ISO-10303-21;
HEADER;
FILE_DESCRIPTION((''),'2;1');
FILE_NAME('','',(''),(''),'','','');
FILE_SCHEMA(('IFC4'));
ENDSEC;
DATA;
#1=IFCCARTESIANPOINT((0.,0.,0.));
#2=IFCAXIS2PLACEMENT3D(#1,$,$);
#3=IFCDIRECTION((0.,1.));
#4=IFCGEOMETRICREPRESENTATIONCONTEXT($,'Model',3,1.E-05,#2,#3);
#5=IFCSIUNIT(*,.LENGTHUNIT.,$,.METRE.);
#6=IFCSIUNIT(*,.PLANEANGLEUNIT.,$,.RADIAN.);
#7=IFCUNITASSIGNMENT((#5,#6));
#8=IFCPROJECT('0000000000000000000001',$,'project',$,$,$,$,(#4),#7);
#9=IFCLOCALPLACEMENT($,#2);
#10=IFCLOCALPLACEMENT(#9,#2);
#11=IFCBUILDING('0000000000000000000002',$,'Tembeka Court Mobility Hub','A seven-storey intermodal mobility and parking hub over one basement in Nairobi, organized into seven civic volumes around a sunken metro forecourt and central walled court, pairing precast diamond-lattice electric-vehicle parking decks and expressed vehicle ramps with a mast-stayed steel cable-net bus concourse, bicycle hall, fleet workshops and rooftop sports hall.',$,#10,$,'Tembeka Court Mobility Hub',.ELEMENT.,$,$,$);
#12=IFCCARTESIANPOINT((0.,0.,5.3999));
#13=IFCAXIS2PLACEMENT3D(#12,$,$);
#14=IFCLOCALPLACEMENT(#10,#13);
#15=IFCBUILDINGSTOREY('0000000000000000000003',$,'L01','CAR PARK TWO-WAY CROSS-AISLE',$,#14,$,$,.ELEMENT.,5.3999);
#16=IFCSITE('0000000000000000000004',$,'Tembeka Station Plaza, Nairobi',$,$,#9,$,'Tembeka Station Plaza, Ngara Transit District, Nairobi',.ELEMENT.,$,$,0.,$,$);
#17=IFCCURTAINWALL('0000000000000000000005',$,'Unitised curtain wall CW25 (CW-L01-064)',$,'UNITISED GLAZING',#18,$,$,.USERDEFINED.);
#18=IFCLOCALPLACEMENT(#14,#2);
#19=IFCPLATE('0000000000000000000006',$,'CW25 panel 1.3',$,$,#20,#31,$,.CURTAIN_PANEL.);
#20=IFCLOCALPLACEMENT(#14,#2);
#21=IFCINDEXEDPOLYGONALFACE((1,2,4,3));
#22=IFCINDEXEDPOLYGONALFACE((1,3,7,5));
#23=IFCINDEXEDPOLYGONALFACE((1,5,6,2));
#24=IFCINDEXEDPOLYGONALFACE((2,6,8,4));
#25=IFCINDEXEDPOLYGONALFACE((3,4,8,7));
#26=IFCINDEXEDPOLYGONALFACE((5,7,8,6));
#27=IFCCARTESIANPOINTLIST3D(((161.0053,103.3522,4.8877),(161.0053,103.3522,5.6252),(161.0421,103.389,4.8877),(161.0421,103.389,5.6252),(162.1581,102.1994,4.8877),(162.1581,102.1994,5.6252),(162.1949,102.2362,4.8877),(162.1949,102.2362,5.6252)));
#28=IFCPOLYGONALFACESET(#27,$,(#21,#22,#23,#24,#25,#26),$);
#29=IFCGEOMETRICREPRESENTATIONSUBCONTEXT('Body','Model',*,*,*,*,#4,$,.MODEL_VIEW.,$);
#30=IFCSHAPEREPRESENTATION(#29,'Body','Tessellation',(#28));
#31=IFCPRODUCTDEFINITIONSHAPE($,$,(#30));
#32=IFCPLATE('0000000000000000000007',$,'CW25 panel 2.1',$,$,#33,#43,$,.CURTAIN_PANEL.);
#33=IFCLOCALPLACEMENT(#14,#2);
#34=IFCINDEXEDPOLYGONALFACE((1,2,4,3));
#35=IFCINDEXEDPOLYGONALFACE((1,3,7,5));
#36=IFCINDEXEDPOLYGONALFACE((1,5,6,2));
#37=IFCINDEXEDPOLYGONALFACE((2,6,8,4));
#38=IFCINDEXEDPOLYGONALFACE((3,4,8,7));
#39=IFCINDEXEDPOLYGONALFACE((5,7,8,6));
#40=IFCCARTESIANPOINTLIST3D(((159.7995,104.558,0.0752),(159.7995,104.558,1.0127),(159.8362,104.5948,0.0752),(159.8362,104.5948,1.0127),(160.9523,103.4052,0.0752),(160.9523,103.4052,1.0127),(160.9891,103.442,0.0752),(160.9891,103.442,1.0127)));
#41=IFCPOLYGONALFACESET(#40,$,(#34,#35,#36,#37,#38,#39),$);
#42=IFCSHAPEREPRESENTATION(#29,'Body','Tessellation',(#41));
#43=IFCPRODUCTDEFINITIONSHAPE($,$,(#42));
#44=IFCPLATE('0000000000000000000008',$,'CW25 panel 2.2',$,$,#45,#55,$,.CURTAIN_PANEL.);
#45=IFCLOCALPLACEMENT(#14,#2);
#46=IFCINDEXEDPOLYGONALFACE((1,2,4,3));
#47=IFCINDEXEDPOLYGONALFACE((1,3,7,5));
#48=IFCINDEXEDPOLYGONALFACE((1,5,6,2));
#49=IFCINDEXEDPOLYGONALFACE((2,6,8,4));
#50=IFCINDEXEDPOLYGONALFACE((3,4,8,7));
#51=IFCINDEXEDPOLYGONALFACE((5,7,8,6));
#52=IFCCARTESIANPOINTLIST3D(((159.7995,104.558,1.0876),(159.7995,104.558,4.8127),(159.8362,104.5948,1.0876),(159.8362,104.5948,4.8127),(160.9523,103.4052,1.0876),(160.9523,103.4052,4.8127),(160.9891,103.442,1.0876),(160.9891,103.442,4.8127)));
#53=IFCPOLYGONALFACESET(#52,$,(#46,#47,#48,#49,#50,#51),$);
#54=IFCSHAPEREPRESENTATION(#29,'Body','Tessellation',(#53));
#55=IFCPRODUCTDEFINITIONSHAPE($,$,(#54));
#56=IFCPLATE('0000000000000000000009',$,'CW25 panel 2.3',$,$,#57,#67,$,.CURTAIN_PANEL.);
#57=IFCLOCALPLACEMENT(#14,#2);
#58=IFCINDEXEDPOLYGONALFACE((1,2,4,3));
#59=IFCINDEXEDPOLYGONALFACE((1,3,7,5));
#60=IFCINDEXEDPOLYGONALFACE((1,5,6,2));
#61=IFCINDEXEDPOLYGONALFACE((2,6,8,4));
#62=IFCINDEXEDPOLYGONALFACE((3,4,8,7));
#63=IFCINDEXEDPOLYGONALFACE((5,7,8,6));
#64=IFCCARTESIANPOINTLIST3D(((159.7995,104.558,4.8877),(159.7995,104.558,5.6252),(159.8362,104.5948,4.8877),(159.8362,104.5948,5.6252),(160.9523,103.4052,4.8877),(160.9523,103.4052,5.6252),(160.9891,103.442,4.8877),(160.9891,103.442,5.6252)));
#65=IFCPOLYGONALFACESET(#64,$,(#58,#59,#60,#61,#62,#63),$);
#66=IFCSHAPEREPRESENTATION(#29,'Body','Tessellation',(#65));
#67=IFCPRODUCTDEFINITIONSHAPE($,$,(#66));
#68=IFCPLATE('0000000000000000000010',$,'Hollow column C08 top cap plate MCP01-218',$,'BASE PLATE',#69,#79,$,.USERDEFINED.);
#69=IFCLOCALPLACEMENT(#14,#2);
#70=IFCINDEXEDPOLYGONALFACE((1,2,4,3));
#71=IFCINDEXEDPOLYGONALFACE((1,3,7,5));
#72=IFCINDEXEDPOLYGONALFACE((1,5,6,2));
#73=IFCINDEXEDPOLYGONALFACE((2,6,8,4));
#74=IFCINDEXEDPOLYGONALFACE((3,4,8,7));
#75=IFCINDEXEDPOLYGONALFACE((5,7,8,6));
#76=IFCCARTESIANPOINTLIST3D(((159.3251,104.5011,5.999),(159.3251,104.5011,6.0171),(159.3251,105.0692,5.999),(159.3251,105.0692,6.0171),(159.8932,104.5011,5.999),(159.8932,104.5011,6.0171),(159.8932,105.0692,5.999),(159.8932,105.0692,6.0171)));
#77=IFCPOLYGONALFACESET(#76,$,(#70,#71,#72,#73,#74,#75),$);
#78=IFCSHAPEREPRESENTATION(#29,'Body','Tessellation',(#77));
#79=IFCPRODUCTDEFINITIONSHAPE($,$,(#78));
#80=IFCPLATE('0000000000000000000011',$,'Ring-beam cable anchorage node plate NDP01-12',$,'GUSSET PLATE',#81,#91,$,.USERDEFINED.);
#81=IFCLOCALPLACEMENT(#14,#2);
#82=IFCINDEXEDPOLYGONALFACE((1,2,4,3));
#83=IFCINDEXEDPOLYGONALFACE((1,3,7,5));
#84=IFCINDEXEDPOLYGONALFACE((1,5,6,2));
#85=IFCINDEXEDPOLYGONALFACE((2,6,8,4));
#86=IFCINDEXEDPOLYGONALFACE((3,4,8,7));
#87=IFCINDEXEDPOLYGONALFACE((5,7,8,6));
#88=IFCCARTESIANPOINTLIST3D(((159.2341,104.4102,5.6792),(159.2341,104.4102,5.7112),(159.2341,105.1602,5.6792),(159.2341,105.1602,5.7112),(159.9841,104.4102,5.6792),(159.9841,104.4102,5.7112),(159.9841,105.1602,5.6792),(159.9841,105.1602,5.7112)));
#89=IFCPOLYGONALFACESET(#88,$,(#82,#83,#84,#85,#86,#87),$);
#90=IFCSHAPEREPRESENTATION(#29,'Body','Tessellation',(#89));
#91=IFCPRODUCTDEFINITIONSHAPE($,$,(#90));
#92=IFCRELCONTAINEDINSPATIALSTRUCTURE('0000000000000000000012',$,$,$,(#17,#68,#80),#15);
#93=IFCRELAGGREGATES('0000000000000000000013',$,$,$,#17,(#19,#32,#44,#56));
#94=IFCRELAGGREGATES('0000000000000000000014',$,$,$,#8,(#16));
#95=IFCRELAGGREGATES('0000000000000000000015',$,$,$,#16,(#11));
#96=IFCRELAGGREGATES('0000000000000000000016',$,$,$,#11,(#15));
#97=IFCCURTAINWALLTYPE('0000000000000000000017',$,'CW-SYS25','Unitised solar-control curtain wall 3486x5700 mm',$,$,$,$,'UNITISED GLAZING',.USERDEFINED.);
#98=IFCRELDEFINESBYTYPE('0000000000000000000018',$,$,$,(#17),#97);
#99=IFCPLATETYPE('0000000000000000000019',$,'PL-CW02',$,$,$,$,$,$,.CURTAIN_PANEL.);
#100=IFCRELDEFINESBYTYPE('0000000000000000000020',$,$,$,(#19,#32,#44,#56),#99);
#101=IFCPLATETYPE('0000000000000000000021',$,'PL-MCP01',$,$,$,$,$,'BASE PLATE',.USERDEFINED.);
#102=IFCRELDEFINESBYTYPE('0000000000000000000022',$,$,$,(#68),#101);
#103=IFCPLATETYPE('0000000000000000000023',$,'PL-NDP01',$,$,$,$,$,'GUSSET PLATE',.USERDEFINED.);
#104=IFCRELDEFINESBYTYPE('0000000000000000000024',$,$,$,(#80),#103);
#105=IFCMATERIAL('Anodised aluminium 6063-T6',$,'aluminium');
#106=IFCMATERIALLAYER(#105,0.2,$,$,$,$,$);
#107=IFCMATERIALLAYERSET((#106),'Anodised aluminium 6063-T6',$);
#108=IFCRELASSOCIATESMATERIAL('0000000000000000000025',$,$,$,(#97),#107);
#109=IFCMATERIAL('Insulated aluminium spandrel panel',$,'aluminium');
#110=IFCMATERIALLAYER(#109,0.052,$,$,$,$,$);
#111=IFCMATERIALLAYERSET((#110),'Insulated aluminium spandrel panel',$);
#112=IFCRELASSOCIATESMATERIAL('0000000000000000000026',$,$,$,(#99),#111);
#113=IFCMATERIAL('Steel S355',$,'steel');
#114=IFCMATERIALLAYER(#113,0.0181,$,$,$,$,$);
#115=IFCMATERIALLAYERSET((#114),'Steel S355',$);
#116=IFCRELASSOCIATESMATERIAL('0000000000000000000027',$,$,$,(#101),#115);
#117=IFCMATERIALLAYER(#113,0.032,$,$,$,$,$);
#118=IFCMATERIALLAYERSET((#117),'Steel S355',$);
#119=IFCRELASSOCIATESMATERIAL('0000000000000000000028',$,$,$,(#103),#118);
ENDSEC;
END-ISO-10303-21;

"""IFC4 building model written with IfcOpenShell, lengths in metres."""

from ifc_helpers import new_model, si_unit, direction, frame, origin, origin_2d, place, context, subcontext, project, spatial, rectangle, extrude, material, layer, layer_set, type_object, element, aggregate, save


model = new_model("IFC4")

# Units and contexts
model_context = context("Model", 3, precision=1e-05, world=origin(), true_north=direction((0.0, 1.0)))
body_context = subcontext(model_context, "Body", "Model", "MODEL_VIEW")
ifc_project = project(units=[si_unit("LENGTHUNIT", "METRE"), si_unit("PLANEANGLEUNIT", "RADIAN")], contexts=[model_context])

# Site, building, storey
site_placement = place(None, origin())
site = spatial("IfcSite", under=ifc_project, at=site_placement, Name="Tembeka Station Plaza, Nairobi", LongName="Tembeka Station Plaza, Ngara Transit District, Nairobi", CompositionType="ELEMENT", RefElevation=0.0)
building_placement = place(site_placement, origin())
building = spatial("IfcBuilding", under=site, at=building_placement, Name="Tembeka Court Mobility Hub", Description="A seven-storey intermodal mobility and parking hub over one basement in Nairobi, organized into seven civic volumes around a sunken metro forecourt and central walled court, pairing precast diamond-lattice electric-vehicle parking decks and expressed vehicle ramps with a mast-stayed steel cable-net bus concourse, bicycle hall, fleet workshops and rooftop sports hall.", LongName="Tembeka Court Mobility Hub", CompositionType="ELEMENT")
storey_placement = place(building_placement, frame((0.0, 0.0, 5.3999)))
storey = spatial("IfcBuildingStorey", under=building, at=storey_placement, Name="L01", Description="CAR PARK TWO-WAY CROSS-AISLE", CompositionType="ELEMENT", Elevation=5.3999)

# Shared definitions
ifc_material_1 = material(Name="Steel S355", Category="steel")

# Curtain wall
ifc_material_2 = material(Name="Anodised aluminium 6063-T6", Category="aluminium")
ifc_layer_1 = layer(ifc_material_2, 0.2)
ifc_layer_set_1 = layer_set([ifc_layer_1], Name="Anodised aluminium 6063-T6")
curtain_wall_type = type_object("IfcCurtainWallType", Name="CW-SYS25", Description="Unitised solar-control curtain wall 3486x5700 mm", ElementType="UNITISED GLAZING", PredefinedType="USERDEFINED", material=ifc_layer_set_1)
curtain_wall_1_placement = place(storey_placement, origin())
curtain_wall_1 = element("IfcCurtainWall", 1, at=curtain_wall_1_placement, inside=storey, type_object=curtain_wall_type, Name="Unitised curtain wall CW25 (CW-L01-064)", ObjectType="UNITISED GLAZING", PredefinedType="USERDEFINED")

# Plates
ifc_material_3 = material(Name="Insulated aluminium spandrel panel", Category="aluminium")
ifc_layer_2 = layer(ifc_material_3, 0.052)
ifc_layer_set_2 = layer_set([ifc_layer_2], Name="Insulated aluminium spandrel panel")
plate_type_1 = type_object("IfcPlateType", Name="PL-CW02", PredefinedType="CURTAIN_PANEL", material=ifc_layer_set_2)
plate_1_placement = place(storey_placement, frame((161.6001, 102.7942, 4.8877), z_axis=(0.0, 0.0, 1.0), x_axis=(-0.707107, 0.707107, 0.0)))
plate_1 = element("IfcPlate", 2, at=plate_1_placement, type_object=plate_type_1, Name="CW25 panel 1.3", PredefinedType="CURTAIN_PANEL", context=body_context, shape_type="SweptSolid", body=[
    extrude(rectangle(XDim=1.6304, YDim=0.052, at=origin_2d()), origin(), (0.0, 0.0, 1.0), 0.7375),
])
plate_2_placement = place(storey_placement, frame((160.3943, 104.0, 0.0752), z_axis=(0.0, 0.0, 1.0), x_axis=(-0.707107, 0.707107, 0.0)))
plate_2 = element("IfcPlate", 3, at=plate_2_placement, type_object=plate_type_1, Name="CW25 panel 2.1", PredefinedType="CURTAIN_PANEL", context=body_context, shape_type="SweptSolid", body=[
    extrude(rectangle(XDim=1.6304, YDim=0.052, at=origin_2d()), origin(), (0.0, 0.0, 1.0), 0.9375),
])
plate_3_placement = place(storey_placement, frame((160.3943, 104.0, 1.0876), z_axis=(0.0, 0.0, 1.0), x_axis=(-0.707107, 0.707107, 0.0)))
plate_3 = element("IfcPlate", 4, at=plate_3_placement, type_object=plate_type_1, Name="CW25 panel 2.2", PredefinedType="CURTAIN_PANEL", context=body_context, shape_type="SweptSolid", body=[
    extrude(rectangle(XDim=1.6304, YDim=0.052, at=origin_2d()), origin(), (0.0, 0.0, 1.0), 3.7251),
])
plate_4_placement = place(storey_placement, frame((160.3943, 104.0, 4.8877), z_axis=(0.0, 0.0, 1.0), x_axis=(-0.707107, 0.707107, 0.0)))
plate_4 = element("IfcPlate", 5, at=plate_4_placement, type_object=plate_type_1, Name="CW25 panel 2.3", PredefinedType="CURTAIN_PANEL", context=body_context, shape_type="SweptSolid", body=[
    extrude(rectangle(XDim=1.6304, YDim=0.052, at=origin_2d()), origin(), (0.0, 0.0, 1.0), 0.7375),
])
aggregate(curtain_wall_1, [plate_1, plate_2, plate_3, plate_4])

# Plates
ifc_layer_3 = layer(ifc_material_1, 0.0181)
ifc_layer_set_3 = layer_set([ifc_layer_3], Name="Steel S355")
plate_type_2 = type_object("IfcPlateType", Name="PL-MCP01", ElementType="BASE PLATE", PredefinedType="USERDEFINED", material=ifc_layer_set_3)
plate_5_placement = place(storey_placement, frame((159.6091, 104.7852, 5.999), z_axis=(0.0, 0.0, 1.0), x_axis=(1.0, 0.0, 0.0)))
element("IfcPlate", 6, at=plate_5_placement, inside=storey, type_object=plate_type_2, Name="Hollow column C08 top cap plate MCP01-218", ObjectType="BASE PLATE", PredefinedType="USERDEFINED", context=body_context, shape_type="SweptSolid", body=[
    extrude(rectangle(XDim=0.5681, YDim=0.5681, at=origin_2d()), origin(), (0.0, 0.0, 1.0), 0.0181),
])
ifc_layer_4 = layer(ifc_material_1, 0.032)
ifc_layer_set_4 = layer_set([ifc_layer_4], Name="Steel S355")
plate_type_3 = type_object("IfcPlateType", Name="PL-NDP01", ElementType="GUSSET PLATE", PredefinedType="USERDEFINED", material=ifc_layer_set_4)
plate_6_placement = place(storey_placement, frame((159.6091, 104.7852, 5.6792), z_axis=(0.0, 0.0, 1.0), x_axis=(1.0, 0.0, 0.0)))
element("IfcPlate", 7, at=plate_6_placement, inside=storey, type_object=plate_type_3, Name="Ring-beam cable anchorage node plate NDP01-12", ObjectType="GUSSET PLATE", PredefinedType="USERDEFINED", context=body_context, shape_type="SweptSolid", body=[
    extrude(rectangle(XDim=0.75, YDim=0.75, at=origin_2d()), origin(), (0.0, 0.0, 1.0), 0.032),
])

save(model, "model.ifc")
